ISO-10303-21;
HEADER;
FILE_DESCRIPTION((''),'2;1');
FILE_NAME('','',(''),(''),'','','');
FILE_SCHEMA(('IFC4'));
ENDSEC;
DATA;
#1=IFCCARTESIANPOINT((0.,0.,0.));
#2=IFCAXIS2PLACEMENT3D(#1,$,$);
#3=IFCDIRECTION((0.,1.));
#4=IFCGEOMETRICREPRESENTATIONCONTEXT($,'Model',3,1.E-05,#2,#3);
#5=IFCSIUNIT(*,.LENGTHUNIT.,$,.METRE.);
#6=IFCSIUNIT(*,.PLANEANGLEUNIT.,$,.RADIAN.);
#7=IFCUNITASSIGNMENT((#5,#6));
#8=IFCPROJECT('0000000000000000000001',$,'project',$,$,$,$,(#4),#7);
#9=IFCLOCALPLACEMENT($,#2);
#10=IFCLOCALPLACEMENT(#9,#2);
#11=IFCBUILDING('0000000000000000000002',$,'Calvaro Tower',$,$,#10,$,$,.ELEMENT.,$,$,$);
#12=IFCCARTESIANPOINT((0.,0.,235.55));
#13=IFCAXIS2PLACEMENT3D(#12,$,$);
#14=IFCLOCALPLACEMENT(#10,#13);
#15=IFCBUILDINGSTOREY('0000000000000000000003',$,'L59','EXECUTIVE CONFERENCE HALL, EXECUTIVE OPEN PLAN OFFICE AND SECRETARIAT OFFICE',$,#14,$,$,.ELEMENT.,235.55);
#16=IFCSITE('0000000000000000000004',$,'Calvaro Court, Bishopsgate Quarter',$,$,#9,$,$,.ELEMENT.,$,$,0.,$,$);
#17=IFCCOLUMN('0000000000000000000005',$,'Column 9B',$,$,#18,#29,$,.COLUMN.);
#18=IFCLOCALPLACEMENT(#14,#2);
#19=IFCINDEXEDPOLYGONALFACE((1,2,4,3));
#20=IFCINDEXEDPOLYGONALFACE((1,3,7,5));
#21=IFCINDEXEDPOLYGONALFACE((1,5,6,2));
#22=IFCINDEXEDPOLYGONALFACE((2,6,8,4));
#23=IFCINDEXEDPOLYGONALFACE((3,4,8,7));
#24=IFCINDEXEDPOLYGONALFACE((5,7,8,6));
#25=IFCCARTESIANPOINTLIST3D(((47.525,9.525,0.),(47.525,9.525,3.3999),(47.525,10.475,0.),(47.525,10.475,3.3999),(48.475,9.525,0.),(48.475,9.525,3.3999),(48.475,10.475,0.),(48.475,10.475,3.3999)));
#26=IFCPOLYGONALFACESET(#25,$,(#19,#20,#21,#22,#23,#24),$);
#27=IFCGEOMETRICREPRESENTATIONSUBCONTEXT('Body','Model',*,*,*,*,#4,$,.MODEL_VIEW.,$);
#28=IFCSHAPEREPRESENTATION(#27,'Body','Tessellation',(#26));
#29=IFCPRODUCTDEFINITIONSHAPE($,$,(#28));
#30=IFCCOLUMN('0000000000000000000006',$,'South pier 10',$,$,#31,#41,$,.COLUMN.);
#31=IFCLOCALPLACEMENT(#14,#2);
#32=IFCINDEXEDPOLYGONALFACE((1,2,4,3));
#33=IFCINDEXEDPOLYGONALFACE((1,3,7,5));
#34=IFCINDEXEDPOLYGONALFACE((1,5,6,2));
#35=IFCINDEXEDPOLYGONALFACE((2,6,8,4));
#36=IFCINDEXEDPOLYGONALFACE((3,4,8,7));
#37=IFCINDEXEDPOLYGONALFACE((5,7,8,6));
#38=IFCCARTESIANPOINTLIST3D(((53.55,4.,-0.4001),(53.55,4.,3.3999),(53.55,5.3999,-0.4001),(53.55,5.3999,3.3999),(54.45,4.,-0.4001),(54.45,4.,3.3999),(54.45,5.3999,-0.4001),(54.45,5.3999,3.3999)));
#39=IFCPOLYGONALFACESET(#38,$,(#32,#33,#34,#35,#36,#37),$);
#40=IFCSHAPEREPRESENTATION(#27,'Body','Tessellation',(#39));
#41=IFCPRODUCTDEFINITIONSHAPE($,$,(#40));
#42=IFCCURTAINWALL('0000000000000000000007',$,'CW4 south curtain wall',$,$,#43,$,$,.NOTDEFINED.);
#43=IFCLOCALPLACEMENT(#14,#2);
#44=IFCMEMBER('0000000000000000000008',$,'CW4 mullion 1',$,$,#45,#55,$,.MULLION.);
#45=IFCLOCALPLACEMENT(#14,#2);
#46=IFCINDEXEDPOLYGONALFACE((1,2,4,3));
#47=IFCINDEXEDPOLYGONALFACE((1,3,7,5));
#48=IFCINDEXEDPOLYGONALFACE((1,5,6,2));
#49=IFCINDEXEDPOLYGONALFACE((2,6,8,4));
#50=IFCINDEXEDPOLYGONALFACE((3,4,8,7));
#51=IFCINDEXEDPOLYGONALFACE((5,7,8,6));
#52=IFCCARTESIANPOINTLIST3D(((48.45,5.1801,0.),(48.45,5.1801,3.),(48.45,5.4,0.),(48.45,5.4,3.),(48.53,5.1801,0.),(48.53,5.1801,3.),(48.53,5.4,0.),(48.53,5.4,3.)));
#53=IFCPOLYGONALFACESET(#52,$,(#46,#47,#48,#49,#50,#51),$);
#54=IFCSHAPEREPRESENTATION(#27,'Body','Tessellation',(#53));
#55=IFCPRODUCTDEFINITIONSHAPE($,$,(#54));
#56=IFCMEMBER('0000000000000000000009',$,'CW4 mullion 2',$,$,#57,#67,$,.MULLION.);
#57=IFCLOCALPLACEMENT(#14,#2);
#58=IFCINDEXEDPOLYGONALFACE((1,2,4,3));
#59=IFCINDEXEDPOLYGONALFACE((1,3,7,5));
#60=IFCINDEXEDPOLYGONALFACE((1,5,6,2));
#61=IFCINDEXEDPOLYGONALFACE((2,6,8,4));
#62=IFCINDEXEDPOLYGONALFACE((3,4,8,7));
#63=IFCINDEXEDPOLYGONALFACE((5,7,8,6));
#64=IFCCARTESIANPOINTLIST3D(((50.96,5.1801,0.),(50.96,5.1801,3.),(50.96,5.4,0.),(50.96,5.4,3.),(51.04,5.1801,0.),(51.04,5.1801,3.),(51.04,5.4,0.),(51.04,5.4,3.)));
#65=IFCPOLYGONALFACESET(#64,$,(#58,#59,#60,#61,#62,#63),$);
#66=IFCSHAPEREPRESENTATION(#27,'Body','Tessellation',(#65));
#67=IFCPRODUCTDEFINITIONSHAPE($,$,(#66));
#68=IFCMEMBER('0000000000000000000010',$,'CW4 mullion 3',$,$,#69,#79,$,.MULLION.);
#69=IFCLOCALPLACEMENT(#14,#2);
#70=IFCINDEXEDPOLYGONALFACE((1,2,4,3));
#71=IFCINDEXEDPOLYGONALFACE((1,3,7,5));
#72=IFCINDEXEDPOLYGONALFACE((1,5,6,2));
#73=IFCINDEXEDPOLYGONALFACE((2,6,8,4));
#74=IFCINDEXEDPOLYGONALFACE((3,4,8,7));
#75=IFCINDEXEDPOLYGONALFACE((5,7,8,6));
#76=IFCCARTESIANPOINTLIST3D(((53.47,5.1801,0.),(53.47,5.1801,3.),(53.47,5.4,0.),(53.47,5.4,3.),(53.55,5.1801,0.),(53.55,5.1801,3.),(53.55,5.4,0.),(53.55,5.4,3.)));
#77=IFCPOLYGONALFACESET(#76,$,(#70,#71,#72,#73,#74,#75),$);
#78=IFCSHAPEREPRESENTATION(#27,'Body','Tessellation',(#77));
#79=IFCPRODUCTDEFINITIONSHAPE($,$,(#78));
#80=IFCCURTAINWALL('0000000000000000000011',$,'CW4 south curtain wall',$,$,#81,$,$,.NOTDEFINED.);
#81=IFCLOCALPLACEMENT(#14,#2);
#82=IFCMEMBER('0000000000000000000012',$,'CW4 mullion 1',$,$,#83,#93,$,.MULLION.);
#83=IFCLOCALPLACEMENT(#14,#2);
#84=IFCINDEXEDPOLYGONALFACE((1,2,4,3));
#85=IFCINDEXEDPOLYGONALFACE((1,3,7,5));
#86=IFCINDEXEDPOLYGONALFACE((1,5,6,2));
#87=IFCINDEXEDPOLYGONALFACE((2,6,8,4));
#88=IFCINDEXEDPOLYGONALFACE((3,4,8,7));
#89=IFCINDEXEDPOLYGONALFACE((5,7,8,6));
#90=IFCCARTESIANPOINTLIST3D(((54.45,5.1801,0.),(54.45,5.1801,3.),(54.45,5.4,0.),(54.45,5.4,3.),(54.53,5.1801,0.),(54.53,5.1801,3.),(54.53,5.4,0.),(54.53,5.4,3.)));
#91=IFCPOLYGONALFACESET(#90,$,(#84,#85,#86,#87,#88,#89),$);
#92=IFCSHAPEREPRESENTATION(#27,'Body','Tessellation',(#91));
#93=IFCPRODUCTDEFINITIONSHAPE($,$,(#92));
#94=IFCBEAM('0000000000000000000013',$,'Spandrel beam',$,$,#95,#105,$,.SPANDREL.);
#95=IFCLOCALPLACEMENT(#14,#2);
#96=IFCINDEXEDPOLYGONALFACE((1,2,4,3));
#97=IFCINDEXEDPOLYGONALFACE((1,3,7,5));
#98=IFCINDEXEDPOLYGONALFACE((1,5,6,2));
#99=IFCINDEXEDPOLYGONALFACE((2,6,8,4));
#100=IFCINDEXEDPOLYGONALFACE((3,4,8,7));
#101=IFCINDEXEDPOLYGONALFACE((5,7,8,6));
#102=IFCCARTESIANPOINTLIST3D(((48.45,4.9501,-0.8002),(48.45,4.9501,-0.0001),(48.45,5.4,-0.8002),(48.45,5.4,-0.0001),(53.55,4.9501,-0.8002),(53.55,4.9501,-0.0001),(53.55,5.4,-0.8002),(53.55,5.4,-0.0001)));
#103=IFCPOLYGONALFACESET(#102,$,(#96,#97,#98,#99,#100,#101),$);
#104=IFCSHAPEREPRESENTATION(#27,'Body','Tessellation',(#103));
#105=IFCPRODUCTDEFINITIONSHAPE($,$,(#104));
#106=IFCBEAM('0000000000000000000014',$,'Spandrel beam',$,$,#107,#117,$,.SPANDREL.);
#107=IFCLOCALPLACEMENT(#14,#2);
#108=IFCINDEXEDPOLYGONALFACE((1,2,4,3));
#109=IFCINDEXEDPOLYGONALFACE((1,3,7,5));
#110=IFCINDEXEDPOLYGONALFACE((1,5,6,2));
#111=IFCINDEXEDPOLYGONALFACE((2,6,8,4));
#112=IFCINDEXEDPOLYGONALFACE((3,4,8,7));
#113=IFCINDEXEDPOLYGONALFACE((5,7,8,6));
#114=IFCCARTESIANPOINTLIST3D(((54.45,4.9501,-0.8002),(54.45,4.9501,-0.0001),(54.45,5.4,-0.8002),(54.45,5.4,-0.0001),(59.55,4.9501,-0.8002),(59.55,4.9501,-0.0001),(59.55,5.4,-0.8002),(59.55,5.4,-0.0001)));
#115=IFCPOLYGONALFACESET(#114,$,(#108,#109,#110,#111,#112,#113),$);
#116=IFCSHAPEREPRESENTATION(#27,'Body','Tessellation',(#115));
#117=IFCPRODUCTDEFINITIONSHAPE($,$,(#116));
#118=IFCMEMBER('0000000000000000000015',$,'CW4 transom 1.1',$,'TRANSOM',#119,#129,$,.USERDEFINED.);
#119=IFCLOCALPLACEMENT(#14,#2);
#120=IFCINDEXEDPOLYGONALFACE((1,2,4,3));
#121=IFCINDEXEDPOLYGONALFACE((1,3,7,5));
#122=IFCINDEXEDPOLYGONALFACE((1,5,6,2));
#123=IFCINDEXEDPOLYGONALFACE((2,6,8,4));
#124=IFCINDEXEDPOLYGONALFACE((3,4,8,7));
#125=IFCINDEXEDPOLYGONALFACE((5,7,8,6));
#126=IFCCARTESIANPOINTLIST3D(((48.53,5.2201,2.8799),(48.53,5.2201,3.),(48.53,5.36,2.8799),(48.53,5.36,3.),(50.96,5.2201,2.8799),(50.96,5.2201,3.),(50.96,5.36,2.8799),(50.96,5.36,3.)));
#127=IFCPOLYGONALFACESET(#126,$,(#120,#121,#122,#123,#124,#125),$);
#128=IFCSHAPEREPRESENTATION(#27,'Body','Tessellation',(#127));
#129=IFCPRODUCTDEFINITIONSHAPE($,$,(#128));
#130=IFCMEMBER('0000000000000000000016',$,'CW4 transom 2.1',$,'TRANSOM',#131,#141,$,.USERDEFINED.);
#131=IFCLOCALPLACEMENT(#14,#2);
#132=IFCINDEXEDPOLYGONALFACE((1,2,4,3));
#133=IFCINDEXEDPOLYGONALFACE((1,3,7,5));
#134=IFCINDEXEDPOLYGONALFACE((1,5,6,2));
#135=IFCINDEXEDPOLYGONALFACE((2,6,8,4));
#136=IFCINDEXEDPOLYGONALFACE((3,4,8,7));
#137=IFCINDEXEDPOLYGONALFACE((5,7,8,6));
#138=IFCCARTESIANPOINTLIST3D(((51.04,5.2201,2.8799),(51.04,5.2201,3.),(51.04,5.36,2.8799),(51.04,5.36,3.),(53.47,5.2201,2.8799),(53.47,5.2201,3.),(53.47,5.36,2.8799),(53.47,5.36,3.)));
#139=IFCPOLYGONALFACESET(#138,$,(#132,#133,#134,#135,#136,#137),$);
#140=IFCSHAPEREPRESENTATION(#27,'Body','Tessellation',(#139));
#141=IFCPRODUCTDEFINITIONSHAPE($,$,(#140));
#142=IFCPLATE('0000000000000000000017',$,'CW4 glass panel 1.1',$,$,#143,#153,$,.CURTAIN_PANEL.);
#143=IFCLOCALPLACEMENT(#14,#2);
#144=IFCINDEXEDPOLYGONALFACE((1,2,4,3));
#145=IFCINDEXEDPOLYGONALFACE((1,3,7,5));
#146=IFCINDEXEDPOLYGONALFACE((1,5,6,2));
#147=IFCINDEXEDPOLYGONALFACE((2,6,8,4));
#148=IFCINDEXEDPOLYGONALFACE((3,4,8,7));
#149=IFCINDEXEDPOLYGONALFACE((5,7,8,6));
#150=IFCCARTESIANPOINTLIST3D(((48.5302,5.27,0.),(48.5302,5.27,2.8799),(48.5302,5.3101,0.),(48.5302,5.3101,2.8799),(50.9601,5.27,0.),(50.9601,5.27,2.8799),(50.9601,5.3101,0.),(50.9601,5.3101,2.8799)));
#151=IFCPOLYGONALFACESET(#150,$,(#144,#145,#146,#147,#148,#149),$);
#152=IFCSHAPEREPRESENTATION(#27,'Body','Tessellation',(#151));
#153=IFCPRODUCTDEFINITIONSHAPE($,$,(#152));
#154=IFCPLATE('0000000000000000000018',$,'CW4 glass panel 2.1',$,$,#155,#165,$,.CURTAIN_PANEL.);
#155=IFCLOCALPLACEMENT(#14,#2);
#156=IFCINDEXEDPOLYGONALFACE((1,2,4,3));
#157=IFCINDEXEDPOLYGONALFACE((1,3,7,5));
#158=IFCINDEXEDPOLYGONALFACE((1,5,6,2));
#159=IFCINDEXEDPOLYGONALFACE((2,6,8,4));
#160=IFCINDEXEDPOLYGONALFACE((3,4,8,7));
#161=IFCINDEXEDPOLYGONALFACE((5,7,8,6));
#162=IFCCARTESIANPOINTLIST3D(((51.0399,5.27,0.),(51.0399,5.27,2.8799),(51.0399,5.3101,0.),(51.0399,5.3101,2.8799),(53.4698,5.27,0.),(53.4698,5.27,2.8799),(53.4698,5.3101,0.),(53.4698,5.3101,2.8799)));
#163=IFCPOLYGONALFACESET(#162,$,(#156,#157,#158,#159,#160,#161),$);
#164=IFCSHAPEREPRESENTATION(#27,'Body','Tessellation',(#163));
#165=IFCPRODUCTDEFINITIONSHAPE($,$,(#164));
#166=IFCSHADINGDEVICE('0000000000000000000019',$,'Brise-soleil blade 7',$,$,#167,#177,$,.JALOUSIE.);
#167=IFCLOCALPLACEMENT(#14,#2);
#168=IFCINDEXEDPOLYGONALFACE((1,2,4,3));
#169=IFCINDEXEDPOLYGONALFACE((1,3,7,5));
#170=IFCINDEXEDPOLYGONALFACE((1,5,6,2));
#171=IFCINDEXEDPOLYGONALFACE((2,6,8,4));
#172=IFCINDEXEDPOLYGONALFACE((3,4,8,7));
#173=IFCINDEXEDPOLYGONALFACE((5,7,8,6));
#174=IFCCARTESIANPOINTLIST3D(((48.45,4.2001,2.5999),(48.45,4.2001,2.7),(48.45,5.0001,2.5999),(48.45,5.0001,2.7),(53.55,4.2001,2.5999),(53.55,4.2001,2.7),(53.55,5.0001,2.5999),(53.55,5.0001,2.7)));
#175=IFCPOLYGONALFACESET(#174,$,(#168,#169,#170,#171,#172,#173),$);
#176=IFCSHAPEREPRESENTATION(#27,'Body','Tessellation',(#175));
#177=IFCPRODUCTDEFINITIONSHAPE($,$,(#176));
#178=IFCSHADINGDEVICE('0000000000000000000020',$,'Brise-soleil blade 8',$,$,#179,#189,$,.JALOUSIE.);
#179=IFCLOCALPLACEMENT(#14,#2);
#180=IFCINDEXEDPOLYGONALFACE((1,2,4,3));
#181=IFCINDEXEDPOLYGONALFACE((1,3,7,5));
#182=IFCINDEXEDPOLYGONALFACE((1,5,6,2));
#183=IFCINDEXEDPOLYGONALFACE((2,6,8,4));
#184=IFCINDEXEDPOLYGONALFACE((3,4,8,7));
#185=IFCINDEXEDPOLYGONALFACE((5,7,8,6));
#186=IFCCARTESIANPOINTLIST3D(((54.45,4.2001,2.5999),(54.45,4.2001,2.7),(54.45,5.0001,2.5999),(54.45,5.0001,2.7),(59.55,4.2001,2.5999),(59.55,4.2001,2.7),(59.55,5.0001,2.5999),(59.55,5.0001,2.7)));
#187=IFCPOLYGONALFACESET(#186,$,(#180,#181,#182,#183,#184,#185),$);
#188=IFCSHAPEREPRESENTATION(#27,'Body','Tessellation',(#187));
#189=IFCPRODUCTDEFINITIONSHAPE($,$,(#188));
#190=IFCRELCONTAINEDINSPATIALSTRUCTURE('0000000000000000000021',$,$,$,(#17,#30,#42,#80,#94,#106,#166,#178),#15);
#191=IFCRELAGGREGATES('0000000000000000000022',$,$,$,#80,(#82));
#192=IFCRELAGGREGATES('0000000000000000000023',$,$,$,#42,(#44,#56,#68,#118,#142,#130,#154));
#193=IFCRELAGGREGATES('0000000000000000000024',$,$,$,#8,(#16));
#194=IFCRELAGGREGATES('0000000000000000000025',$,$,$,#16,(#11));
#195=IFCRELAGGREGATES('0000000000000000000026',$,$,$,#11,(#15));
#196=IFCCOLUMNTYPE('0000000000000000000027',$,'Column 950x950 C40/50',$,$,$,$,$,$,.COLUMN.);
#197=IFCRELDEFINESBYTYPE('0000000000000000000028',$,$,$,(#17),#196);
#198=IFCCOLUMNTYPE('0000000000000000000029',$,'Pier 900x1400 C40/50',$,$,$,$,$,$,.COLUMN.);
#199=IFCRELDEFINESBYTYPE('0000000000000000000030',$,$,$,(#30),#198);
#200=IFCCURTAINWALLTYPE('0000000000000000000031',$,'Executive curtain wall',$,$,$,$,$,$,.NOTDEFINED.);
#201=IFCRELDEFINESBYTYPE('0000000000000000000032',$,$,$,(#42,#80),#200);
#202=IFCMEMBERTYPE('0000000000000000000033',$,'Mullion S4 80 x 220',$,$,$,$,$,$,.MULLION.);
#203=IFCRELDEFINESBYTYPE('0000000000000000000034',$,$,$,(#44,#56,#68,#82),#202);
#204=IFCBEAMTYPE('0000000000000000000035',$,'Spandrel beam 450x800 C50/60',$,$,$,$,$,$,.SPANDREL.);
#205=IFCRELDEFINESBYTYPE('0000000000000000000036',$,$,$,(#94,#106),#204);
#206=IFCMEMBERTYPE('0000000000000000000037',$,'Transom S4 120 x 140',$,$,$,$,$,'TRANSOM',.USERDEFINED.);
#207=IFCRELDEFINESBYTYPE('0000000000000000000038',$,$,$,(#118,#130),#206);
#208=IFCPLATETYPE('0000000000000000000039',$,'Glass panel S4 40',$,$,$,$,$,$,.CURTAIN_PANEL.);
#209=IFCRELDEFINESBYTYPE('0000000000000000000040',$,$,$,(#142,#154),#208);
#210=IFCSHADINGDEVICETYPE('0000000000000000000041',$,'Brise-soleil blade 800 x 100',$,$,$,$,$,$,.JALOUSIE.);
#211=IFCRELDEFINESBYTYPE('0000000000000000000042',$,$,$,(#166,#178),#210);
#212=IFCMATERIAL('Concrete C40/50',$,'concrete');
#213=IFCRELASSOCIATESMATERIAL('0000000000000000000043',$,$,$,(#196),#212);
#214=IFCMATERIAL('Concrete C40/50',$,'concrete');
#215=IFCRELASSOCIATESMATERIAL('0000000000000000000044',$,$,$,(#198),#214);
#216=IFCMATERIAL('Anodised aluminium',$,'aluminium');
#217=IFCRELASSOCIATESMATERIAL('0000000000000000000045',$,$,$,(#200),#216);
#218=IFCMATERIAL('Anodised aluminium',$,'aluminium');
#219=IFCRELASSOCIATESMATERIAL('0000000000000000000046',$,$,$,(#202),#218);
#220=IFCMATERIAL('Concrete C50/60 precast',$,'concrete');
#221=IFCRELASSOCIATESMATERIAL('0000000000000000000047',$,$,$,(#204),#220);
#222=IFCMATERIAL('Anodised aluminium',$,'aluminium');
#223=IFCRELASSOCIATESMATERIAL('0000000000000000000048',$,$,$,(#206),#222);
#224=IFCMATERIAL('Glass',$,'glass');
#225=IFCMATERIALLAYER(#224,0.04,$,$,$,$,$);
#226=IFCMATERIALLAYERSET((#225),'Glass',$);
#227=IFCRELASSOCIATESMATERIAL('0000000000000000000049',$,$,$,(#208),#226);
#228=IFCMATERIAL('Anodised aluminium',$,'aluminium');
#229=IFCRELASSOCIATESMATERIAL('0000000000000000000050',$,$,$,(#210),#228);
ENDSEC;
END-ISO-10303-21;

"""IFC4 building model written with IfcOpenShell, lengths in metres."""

from ifc_helpers import new_model, si_unit, direction, frame, origin, origin_2d, place, context, subcontext, project, spatial, rectangle, extrude, material, layer, layer_set, material_profile, profile_set, type_object, element, aggregate, save


model = new_model("IFC4")

# Units and contexts
model_context = context("Model", 3, precision=1e-05, world=origin(), true_north=direction((0.0, 1.0)))
body_context = subcontext(model_context, "Body", "Model", "MODEL_VIEW")
ifc_project = project(units=[si_unit("LENGTHUNIT", "METRE"), si_unit("PLANEANGLEUNIT", "RADIAN")], contexts=[model_context])

# Site, building, storey
site_placement = place(None, origin())
site = spatial("IfcSite", under=ifc_project, at=site_placement, Name="Calvaro Court, Bishopsgate Quarter", CompositionType="ELEMENT", RefElevation=0.0)
building_placement = place(site_placement, origin())
building = spatial("IfcBuilding", under=site, at=building_placement, Name="Calvaro Tower", CompositionType="ELEMENT")
storey_placement = place(building_placement, frame((0.0, 0.0, 235.55)))
storey = spatial("IfcBuildingStorey", under=building, at=storey_placement, Name="L59", Description="EXECUTIVE CONFERENCE HALL, EXECUTIVE OPEN PLAN OFFICE AND SECRETARIAT OFFICE", CompositionType="ELEMENT", Elevation=235.55)

# Columns
ifc_material_1 = material(Name="Concrete C40/50", Category="concrete")
ifc_material_profile_1 = material_profile(ifc_material_1, rectangle(XDim=0.95, YDim=0.95, at=origin_2d()), Name="RC 950x950")
ifc_profile_set_1 = profile_set([ifc_material_profile_1], Name="Concrete C40/50")
column_type_1 = type_object("IfcColumnType", Name="Column 950x950 C40/50", PredefinedType="COLUMN", material=ifc_profile_set_1)
column_1_placement = place(storey_placement, frame((48.0, 10.0, 0.0), z_axis=(0.0, 0.0, 1.0), x_axis=(1.0, 0.0, 0.0)))
element("IfcColumn", 1, at=column_1_placement, inside=storey, type_object=column_type_1, Name="Column 9B", PredefinedType="COLUMN", context=body_context, shape_type="SweptSolid", body=[
    extrude(rectangle(XDim=0.95, YDim=0.95, at=origin_2d()), origin(), (0.0, 0.0, 1.0), 3.3999),
])
ifc_material_2 = material(Name="Concrete C40/50", Category="concrete")
ifc_material_profile_2 = material_profile(ifc_material_2, rectangle(XDim=0.8999, YDim=1.3999, at=origin_2d()), Name="RC 900x1400")
ifc_profile_set_2 = profile_set([ifc_material_profile_2], Name="Concrete C40/50")
column_type_2 = type_object("IfcColumnType", Name="Pier 900x1400 C40/50", PredefinedType="COLUMN", material=ifc_profile_set_2)
column_2_placement = place(storey_placement, frame((54.0, 4.7, -0.4001), z_axis=(0.0, 0.0, 1.0), x_axis=(1.0, 0.0, 0.0)))
element("IfcColumn", 2, at=column_2_placement, inside=storey, type_object=column_type_2, Name="South pier 10", PredefinedType="COLUMN", context=body_context, shape_type="SweptSolid", body=[
    extrude(rectangle(XDim=0.8999, YDim=1.3999, at=origin_2d()), origin(), (0.0, 0.0, 1.0), 3.8),
])

# Curtain wall, members
ifc_material_3 = material(Name="Anodised aluminium", Category="aluminium")
curtain_wall_type = type_object("IfcCurtainWallType", Name="Executive curtain wall", PredefinedType="NOTDEFINED", material=ifc_material_3)
curtain_wall_1_placement = place(storey_placement, origin())
curtain_wall_1 = element("IfcCurtainWall", 3, at=curtain_wall_1_placement, inside=storey, type_object=curtain_wall_type, Name="CW4 south curtain wall", PredefinedType="NOTDEFINED")
ifc_material_4 = material(Name="Anodised aluminium", Category="aluminium")
ifc_material_profile_3 = material_profile(ifc_material_4, rectangle(XDim=0.22, YDim=0.0801, at=origin_2d()), Name="Mullion S4 80 x 220")
ifc_profile_set_3 = profile_set([ifc_material_profile_3], Name="Anodised aluminium")
member_type_1 = type_object("IfcMemberType", Name="Mullion S4 80 x 220", PredefinedType="MULLION", material=ifc_profile_set_3)
member_1_placement = place(storey_placement, frame((48.49, 5.29, 0.0), z_axis=(0.0, 0.0, 1.0), x_axis=(0.0, 1.0, 0.0)))
member_1 = element("IfcMember", 4, at=member_1_placement, type_object=member_type_1, Name="CW4 mullion 1", PredefinedType="MULLION", context=body_context, shape_type="SweptSolid", body=[
    extrude(rectangle(XDim=0.22, YDim=0.0801, at=origin_2d()), origin(), (0.0, 0.0, 1.0), 3.0),
])
member_2_placement = place(storey_placement, frame((51.0, 5.29, 0.0), z_axis=(0.0, 0.0, 1.0), x_axis=(0.0, 1.0, 0.0)))
member_2 = element("IfcMember", 5, at=member_2_placement, type_object=member_type_1, Name="CW4 mullion 2", PredefinedType="MULLION", context=body_context, shape_type="SweptSolid", body=[
    extrude(rectangle(XDim=0.22, YDim=0.0801, at=origin_2d()), origin(), (0.0, 0.0, 1.0), 3.0),
])
member_3_placement = place(storey_placement, frame((53.51, 5.29, 0.0), z_axis=(0.0, 0.0, 1.0), x_axis=(0.0, 1.0, 0.0)))
member_3 = element("IfcMember", 6, at=member_3_placement, type_object=member_type_1, Name="CW4 mullion 3", PredefinedType="MULLION", context=body_context, shape_type="SweptSolid", body=[
    extrude(rectangle(XDim=0.22, YDim=0.0801, at=origin_2d()), origin(), (0.0, 0.0, 1.0), 3.0),
])

# Curtain wall, member
curtain_wall_2_placement = place(storey_placement, origin())
curtain_wall_2 = element("IfcCurtainWall", 7, at=curtain_wall_2_placement, inside=storey, type_object=curtain_wall_type, Name="CW4 south curtain wall", PredefinedType="NOTDEFINED")
member_4_placement = place(storey_placement, frame((54.49, 5.29, 0.0), z_axis=(0.0, 0.0, 1.0), x_axis=(0.0, 1.0, 0.0)))
member_4 = element("IfcMember", 8, at=member_4_placement, type_object=member_type_1, Name="CW4 mullion 1", PredefinedType="MULLION", context=body_context, shape_type="SweptSolid", body=[
    extrude(rectangle(XDim=0.22, YDim=0.0801, at=origin_2d()), origin(), (0.0, 0.0, 1.0), 3.0),
])
aggregate(curtain_wall_2, [member_4])

# Beams
ifc_material_5 = material(Name="Concrete C50/60 precast", Category="concrete")
ifc_material_profile_4 = material_profile(ifc_material_5, rectangle(XDim=0.45, YDim=0.8, at=origin_2d()), Name="RC 450x800")
ifc_profile_set_4 = profile_set([ifc_material_profile_4], Name="Concrete C50/60 precast")
beam_type = type_object("IfcBeamType", Name="Spandrel beam 450x800 C50/60", PredefinedType="SPANDREL", material=ifc_profile_set_4)
for number, where, z_axis, x_axis, name in (
    (9, (48.45, 5.175, -0.4001), (1.0, 0.0, 0.0), (0.0, 1.0, 0.0), "Spandrel beam"),
    (10, (54.45, 5.175, -0.4001), (1.0, 0.0, 0.0), (0.0, 1.0, 0.0), "Spandrel beam"),
):
    element("IfcBeam", number, at=place(storey_placement, frame(where, z_axis=z_axis, x_axis=x_axis)), inside=storey, type_object=beam_type, Name=name, PredefinedType="SPANDREL", context=body_context, shape_type="SweptSolid", body=[
        extrude(rectangle(XDim=0.45, YDim=0.8, at=origin_2d()), origin(), (0.0, 0.0, 1.0), 5.1001),
    ])

# Members
ifc_material_6 = material(Name="Anodised aluminium", Category="aluminium")
ifc_material_profile_5 = material_profile(ifc_material_6, rectangle(XDim=0.1399, YDim=0.1201, at=origin_2d()), Name="Transom S4 120 x 140")
ifc_profile_set_5 = profile_set([ifc_material_profile_5], Name="Anodised aluminium")
member_type_2 = type_object("IfcMemberType", Name="Transom S4 120 x 140", ElementType="TRANSOM", PredefinedType="USERDEFINED", material=ifc_profile_set_5)
member_5_placement = place(storey_placement, frame((48.53, 5.29, 2.9399), z_axis=(1.0, 0.0, 0.0), x_axis=(0.0, 1.0, 0.0)))
member_5 = element("IfcMember", 11, at=member_5_placement, type_object=member_type_2, Name="CW4 transom 1.1", ObjectType="TRANSOM", PredefinedType="USERDEFINED", context=body_context, shape_type="SweptSolid", body=[
    extrude(rectangle(XDim=0.1399, YDim=0.1201, at=origin_2d()), origin(), (0.0, 0.0, 1.0), 2.4299),
])
member_6_placement = place(storey_placement, frame((51.04, 5.29, 2.9399), z_axis=(1.0, 0.0, 0.0), x_axis=(0.0, 1.0, 0.0)))
member_6 = element("IfcMember", 12, at=member_6_placement, type_object=member_type_2, Name="CW4 transom 2.1", ObjectType="TRANSOM", PredefinedType="USERDEFINED", context=body_context, shape_type="SweptSolid", body=[
    extrude(rectangle(XDim=0.1399, YDim=0.1201, at=origin_2d()), origin(), (0.0, 0.0, 1.0), 2.4299),
])

# Plates
ifc_material_7 = material(Name="Glass", Category="glass")
ifc_layer_1 = layer(ifc_material_7, 0.04)
ifc_layer_set_1 = layer_set([ifc_layer_1], Name="Glass")
plate_type = type_object("IfcPlateType", Name="Glass panel S4 40", PredefinedType="CURTAIN_PANEL", material=ifc_layer_set_1)
plate_1_placement = place(storey_placement, frame((49.7451, 5.29, 0.0), z_axis=(0.0, 0.0, 1.0), x_axis=(1.0, 0.0, 0.0)))
plate_1 = element("IfcPlate", 13, at=plate_1_placement, type_object=plate_type, Name="CW4 glass panel 1.1", PredefinedType="CURTAIN_PANEL", context=body_context, shape_type="SweptSolid", body=[
    extrude(rectangle(XDim=2.4299, YDim=0.04, at=origin_2d()), origin(), (0.0, 0.0, 1.0), 2.8799),
])
plate_2_placement = place(storey_placement, frame((52.2549, 5.29, 0.0), z_axis=(0.0, 0.0, 1.0), x_axis=(1.0, 0.0, 0.0)))
plate_2 = element("IfcPlate", 14, at=plate_2_placement, type_object=plate_type, Name="CW4 glass panel 2.1", PredefinedType="CURTAIN_PANEL", context=body_context, shape_type="SweptSolid", body=[
    extrude(rectangle(XDim=2.4299, YDim=0.04, at=origin_2d()), origin(), (0.0, 0.0, 1.0), 2.8799),
])
aggregate(curtain_wall_1, [member_1, member_2, member_3, member_5, plate_1, member_6, plate_2])

# Shading devices
ifc_material_8 = material(Name="Anodised aluminium", Category="aluminium")
ifc_material_profile_6 = material_profile(ifc_material_8, rectangle(XDim=0.8, YDim=0.1001, at=origin_2d()), Name="Brise-soleil blade 800 x 100")
ifc_profile_set_6 = profile_set([ifc_material_profile_6], Name="Anodised aluminium")
shading_device_type_1 = type_object("IfcShadingDeviceType", Name="Brise-soleil blade 800 x 100", PredefinedType="JALOUSIE", material=ifc_profile_set_6)
for number, where, z_axis, x_axis, name in (
    (15, (48.45, 4.6001, 2.6499), (1.0, 0.0, 0.0), (0.0, 1.0, 0.0), "Brise-soleil blade 7"),
    (16, (54.45, 4.6001, 2.6499), (1.0, 0.0, 0.0), (0.0, 1.0, 0.0), "Brise-soleil blade 8"),
):
    element("IfcShadingDevice", number, at=place(storey_placement, frame(where, z_axis=z_axis, x_axis=x_axis)), inside=storey, type_object=shading_device_type_1, Name=name, PredefinedType="JALOUSIE", context=body_context, shape_type="SweptSolid", body=[
        extrude(rectangle(XDim=0.8, YDim=0.1001, at=origin_2d()), origin(), (0.0, 0.0, 1.0), 5.1001),
    ])

save(model, "model.ifc")
